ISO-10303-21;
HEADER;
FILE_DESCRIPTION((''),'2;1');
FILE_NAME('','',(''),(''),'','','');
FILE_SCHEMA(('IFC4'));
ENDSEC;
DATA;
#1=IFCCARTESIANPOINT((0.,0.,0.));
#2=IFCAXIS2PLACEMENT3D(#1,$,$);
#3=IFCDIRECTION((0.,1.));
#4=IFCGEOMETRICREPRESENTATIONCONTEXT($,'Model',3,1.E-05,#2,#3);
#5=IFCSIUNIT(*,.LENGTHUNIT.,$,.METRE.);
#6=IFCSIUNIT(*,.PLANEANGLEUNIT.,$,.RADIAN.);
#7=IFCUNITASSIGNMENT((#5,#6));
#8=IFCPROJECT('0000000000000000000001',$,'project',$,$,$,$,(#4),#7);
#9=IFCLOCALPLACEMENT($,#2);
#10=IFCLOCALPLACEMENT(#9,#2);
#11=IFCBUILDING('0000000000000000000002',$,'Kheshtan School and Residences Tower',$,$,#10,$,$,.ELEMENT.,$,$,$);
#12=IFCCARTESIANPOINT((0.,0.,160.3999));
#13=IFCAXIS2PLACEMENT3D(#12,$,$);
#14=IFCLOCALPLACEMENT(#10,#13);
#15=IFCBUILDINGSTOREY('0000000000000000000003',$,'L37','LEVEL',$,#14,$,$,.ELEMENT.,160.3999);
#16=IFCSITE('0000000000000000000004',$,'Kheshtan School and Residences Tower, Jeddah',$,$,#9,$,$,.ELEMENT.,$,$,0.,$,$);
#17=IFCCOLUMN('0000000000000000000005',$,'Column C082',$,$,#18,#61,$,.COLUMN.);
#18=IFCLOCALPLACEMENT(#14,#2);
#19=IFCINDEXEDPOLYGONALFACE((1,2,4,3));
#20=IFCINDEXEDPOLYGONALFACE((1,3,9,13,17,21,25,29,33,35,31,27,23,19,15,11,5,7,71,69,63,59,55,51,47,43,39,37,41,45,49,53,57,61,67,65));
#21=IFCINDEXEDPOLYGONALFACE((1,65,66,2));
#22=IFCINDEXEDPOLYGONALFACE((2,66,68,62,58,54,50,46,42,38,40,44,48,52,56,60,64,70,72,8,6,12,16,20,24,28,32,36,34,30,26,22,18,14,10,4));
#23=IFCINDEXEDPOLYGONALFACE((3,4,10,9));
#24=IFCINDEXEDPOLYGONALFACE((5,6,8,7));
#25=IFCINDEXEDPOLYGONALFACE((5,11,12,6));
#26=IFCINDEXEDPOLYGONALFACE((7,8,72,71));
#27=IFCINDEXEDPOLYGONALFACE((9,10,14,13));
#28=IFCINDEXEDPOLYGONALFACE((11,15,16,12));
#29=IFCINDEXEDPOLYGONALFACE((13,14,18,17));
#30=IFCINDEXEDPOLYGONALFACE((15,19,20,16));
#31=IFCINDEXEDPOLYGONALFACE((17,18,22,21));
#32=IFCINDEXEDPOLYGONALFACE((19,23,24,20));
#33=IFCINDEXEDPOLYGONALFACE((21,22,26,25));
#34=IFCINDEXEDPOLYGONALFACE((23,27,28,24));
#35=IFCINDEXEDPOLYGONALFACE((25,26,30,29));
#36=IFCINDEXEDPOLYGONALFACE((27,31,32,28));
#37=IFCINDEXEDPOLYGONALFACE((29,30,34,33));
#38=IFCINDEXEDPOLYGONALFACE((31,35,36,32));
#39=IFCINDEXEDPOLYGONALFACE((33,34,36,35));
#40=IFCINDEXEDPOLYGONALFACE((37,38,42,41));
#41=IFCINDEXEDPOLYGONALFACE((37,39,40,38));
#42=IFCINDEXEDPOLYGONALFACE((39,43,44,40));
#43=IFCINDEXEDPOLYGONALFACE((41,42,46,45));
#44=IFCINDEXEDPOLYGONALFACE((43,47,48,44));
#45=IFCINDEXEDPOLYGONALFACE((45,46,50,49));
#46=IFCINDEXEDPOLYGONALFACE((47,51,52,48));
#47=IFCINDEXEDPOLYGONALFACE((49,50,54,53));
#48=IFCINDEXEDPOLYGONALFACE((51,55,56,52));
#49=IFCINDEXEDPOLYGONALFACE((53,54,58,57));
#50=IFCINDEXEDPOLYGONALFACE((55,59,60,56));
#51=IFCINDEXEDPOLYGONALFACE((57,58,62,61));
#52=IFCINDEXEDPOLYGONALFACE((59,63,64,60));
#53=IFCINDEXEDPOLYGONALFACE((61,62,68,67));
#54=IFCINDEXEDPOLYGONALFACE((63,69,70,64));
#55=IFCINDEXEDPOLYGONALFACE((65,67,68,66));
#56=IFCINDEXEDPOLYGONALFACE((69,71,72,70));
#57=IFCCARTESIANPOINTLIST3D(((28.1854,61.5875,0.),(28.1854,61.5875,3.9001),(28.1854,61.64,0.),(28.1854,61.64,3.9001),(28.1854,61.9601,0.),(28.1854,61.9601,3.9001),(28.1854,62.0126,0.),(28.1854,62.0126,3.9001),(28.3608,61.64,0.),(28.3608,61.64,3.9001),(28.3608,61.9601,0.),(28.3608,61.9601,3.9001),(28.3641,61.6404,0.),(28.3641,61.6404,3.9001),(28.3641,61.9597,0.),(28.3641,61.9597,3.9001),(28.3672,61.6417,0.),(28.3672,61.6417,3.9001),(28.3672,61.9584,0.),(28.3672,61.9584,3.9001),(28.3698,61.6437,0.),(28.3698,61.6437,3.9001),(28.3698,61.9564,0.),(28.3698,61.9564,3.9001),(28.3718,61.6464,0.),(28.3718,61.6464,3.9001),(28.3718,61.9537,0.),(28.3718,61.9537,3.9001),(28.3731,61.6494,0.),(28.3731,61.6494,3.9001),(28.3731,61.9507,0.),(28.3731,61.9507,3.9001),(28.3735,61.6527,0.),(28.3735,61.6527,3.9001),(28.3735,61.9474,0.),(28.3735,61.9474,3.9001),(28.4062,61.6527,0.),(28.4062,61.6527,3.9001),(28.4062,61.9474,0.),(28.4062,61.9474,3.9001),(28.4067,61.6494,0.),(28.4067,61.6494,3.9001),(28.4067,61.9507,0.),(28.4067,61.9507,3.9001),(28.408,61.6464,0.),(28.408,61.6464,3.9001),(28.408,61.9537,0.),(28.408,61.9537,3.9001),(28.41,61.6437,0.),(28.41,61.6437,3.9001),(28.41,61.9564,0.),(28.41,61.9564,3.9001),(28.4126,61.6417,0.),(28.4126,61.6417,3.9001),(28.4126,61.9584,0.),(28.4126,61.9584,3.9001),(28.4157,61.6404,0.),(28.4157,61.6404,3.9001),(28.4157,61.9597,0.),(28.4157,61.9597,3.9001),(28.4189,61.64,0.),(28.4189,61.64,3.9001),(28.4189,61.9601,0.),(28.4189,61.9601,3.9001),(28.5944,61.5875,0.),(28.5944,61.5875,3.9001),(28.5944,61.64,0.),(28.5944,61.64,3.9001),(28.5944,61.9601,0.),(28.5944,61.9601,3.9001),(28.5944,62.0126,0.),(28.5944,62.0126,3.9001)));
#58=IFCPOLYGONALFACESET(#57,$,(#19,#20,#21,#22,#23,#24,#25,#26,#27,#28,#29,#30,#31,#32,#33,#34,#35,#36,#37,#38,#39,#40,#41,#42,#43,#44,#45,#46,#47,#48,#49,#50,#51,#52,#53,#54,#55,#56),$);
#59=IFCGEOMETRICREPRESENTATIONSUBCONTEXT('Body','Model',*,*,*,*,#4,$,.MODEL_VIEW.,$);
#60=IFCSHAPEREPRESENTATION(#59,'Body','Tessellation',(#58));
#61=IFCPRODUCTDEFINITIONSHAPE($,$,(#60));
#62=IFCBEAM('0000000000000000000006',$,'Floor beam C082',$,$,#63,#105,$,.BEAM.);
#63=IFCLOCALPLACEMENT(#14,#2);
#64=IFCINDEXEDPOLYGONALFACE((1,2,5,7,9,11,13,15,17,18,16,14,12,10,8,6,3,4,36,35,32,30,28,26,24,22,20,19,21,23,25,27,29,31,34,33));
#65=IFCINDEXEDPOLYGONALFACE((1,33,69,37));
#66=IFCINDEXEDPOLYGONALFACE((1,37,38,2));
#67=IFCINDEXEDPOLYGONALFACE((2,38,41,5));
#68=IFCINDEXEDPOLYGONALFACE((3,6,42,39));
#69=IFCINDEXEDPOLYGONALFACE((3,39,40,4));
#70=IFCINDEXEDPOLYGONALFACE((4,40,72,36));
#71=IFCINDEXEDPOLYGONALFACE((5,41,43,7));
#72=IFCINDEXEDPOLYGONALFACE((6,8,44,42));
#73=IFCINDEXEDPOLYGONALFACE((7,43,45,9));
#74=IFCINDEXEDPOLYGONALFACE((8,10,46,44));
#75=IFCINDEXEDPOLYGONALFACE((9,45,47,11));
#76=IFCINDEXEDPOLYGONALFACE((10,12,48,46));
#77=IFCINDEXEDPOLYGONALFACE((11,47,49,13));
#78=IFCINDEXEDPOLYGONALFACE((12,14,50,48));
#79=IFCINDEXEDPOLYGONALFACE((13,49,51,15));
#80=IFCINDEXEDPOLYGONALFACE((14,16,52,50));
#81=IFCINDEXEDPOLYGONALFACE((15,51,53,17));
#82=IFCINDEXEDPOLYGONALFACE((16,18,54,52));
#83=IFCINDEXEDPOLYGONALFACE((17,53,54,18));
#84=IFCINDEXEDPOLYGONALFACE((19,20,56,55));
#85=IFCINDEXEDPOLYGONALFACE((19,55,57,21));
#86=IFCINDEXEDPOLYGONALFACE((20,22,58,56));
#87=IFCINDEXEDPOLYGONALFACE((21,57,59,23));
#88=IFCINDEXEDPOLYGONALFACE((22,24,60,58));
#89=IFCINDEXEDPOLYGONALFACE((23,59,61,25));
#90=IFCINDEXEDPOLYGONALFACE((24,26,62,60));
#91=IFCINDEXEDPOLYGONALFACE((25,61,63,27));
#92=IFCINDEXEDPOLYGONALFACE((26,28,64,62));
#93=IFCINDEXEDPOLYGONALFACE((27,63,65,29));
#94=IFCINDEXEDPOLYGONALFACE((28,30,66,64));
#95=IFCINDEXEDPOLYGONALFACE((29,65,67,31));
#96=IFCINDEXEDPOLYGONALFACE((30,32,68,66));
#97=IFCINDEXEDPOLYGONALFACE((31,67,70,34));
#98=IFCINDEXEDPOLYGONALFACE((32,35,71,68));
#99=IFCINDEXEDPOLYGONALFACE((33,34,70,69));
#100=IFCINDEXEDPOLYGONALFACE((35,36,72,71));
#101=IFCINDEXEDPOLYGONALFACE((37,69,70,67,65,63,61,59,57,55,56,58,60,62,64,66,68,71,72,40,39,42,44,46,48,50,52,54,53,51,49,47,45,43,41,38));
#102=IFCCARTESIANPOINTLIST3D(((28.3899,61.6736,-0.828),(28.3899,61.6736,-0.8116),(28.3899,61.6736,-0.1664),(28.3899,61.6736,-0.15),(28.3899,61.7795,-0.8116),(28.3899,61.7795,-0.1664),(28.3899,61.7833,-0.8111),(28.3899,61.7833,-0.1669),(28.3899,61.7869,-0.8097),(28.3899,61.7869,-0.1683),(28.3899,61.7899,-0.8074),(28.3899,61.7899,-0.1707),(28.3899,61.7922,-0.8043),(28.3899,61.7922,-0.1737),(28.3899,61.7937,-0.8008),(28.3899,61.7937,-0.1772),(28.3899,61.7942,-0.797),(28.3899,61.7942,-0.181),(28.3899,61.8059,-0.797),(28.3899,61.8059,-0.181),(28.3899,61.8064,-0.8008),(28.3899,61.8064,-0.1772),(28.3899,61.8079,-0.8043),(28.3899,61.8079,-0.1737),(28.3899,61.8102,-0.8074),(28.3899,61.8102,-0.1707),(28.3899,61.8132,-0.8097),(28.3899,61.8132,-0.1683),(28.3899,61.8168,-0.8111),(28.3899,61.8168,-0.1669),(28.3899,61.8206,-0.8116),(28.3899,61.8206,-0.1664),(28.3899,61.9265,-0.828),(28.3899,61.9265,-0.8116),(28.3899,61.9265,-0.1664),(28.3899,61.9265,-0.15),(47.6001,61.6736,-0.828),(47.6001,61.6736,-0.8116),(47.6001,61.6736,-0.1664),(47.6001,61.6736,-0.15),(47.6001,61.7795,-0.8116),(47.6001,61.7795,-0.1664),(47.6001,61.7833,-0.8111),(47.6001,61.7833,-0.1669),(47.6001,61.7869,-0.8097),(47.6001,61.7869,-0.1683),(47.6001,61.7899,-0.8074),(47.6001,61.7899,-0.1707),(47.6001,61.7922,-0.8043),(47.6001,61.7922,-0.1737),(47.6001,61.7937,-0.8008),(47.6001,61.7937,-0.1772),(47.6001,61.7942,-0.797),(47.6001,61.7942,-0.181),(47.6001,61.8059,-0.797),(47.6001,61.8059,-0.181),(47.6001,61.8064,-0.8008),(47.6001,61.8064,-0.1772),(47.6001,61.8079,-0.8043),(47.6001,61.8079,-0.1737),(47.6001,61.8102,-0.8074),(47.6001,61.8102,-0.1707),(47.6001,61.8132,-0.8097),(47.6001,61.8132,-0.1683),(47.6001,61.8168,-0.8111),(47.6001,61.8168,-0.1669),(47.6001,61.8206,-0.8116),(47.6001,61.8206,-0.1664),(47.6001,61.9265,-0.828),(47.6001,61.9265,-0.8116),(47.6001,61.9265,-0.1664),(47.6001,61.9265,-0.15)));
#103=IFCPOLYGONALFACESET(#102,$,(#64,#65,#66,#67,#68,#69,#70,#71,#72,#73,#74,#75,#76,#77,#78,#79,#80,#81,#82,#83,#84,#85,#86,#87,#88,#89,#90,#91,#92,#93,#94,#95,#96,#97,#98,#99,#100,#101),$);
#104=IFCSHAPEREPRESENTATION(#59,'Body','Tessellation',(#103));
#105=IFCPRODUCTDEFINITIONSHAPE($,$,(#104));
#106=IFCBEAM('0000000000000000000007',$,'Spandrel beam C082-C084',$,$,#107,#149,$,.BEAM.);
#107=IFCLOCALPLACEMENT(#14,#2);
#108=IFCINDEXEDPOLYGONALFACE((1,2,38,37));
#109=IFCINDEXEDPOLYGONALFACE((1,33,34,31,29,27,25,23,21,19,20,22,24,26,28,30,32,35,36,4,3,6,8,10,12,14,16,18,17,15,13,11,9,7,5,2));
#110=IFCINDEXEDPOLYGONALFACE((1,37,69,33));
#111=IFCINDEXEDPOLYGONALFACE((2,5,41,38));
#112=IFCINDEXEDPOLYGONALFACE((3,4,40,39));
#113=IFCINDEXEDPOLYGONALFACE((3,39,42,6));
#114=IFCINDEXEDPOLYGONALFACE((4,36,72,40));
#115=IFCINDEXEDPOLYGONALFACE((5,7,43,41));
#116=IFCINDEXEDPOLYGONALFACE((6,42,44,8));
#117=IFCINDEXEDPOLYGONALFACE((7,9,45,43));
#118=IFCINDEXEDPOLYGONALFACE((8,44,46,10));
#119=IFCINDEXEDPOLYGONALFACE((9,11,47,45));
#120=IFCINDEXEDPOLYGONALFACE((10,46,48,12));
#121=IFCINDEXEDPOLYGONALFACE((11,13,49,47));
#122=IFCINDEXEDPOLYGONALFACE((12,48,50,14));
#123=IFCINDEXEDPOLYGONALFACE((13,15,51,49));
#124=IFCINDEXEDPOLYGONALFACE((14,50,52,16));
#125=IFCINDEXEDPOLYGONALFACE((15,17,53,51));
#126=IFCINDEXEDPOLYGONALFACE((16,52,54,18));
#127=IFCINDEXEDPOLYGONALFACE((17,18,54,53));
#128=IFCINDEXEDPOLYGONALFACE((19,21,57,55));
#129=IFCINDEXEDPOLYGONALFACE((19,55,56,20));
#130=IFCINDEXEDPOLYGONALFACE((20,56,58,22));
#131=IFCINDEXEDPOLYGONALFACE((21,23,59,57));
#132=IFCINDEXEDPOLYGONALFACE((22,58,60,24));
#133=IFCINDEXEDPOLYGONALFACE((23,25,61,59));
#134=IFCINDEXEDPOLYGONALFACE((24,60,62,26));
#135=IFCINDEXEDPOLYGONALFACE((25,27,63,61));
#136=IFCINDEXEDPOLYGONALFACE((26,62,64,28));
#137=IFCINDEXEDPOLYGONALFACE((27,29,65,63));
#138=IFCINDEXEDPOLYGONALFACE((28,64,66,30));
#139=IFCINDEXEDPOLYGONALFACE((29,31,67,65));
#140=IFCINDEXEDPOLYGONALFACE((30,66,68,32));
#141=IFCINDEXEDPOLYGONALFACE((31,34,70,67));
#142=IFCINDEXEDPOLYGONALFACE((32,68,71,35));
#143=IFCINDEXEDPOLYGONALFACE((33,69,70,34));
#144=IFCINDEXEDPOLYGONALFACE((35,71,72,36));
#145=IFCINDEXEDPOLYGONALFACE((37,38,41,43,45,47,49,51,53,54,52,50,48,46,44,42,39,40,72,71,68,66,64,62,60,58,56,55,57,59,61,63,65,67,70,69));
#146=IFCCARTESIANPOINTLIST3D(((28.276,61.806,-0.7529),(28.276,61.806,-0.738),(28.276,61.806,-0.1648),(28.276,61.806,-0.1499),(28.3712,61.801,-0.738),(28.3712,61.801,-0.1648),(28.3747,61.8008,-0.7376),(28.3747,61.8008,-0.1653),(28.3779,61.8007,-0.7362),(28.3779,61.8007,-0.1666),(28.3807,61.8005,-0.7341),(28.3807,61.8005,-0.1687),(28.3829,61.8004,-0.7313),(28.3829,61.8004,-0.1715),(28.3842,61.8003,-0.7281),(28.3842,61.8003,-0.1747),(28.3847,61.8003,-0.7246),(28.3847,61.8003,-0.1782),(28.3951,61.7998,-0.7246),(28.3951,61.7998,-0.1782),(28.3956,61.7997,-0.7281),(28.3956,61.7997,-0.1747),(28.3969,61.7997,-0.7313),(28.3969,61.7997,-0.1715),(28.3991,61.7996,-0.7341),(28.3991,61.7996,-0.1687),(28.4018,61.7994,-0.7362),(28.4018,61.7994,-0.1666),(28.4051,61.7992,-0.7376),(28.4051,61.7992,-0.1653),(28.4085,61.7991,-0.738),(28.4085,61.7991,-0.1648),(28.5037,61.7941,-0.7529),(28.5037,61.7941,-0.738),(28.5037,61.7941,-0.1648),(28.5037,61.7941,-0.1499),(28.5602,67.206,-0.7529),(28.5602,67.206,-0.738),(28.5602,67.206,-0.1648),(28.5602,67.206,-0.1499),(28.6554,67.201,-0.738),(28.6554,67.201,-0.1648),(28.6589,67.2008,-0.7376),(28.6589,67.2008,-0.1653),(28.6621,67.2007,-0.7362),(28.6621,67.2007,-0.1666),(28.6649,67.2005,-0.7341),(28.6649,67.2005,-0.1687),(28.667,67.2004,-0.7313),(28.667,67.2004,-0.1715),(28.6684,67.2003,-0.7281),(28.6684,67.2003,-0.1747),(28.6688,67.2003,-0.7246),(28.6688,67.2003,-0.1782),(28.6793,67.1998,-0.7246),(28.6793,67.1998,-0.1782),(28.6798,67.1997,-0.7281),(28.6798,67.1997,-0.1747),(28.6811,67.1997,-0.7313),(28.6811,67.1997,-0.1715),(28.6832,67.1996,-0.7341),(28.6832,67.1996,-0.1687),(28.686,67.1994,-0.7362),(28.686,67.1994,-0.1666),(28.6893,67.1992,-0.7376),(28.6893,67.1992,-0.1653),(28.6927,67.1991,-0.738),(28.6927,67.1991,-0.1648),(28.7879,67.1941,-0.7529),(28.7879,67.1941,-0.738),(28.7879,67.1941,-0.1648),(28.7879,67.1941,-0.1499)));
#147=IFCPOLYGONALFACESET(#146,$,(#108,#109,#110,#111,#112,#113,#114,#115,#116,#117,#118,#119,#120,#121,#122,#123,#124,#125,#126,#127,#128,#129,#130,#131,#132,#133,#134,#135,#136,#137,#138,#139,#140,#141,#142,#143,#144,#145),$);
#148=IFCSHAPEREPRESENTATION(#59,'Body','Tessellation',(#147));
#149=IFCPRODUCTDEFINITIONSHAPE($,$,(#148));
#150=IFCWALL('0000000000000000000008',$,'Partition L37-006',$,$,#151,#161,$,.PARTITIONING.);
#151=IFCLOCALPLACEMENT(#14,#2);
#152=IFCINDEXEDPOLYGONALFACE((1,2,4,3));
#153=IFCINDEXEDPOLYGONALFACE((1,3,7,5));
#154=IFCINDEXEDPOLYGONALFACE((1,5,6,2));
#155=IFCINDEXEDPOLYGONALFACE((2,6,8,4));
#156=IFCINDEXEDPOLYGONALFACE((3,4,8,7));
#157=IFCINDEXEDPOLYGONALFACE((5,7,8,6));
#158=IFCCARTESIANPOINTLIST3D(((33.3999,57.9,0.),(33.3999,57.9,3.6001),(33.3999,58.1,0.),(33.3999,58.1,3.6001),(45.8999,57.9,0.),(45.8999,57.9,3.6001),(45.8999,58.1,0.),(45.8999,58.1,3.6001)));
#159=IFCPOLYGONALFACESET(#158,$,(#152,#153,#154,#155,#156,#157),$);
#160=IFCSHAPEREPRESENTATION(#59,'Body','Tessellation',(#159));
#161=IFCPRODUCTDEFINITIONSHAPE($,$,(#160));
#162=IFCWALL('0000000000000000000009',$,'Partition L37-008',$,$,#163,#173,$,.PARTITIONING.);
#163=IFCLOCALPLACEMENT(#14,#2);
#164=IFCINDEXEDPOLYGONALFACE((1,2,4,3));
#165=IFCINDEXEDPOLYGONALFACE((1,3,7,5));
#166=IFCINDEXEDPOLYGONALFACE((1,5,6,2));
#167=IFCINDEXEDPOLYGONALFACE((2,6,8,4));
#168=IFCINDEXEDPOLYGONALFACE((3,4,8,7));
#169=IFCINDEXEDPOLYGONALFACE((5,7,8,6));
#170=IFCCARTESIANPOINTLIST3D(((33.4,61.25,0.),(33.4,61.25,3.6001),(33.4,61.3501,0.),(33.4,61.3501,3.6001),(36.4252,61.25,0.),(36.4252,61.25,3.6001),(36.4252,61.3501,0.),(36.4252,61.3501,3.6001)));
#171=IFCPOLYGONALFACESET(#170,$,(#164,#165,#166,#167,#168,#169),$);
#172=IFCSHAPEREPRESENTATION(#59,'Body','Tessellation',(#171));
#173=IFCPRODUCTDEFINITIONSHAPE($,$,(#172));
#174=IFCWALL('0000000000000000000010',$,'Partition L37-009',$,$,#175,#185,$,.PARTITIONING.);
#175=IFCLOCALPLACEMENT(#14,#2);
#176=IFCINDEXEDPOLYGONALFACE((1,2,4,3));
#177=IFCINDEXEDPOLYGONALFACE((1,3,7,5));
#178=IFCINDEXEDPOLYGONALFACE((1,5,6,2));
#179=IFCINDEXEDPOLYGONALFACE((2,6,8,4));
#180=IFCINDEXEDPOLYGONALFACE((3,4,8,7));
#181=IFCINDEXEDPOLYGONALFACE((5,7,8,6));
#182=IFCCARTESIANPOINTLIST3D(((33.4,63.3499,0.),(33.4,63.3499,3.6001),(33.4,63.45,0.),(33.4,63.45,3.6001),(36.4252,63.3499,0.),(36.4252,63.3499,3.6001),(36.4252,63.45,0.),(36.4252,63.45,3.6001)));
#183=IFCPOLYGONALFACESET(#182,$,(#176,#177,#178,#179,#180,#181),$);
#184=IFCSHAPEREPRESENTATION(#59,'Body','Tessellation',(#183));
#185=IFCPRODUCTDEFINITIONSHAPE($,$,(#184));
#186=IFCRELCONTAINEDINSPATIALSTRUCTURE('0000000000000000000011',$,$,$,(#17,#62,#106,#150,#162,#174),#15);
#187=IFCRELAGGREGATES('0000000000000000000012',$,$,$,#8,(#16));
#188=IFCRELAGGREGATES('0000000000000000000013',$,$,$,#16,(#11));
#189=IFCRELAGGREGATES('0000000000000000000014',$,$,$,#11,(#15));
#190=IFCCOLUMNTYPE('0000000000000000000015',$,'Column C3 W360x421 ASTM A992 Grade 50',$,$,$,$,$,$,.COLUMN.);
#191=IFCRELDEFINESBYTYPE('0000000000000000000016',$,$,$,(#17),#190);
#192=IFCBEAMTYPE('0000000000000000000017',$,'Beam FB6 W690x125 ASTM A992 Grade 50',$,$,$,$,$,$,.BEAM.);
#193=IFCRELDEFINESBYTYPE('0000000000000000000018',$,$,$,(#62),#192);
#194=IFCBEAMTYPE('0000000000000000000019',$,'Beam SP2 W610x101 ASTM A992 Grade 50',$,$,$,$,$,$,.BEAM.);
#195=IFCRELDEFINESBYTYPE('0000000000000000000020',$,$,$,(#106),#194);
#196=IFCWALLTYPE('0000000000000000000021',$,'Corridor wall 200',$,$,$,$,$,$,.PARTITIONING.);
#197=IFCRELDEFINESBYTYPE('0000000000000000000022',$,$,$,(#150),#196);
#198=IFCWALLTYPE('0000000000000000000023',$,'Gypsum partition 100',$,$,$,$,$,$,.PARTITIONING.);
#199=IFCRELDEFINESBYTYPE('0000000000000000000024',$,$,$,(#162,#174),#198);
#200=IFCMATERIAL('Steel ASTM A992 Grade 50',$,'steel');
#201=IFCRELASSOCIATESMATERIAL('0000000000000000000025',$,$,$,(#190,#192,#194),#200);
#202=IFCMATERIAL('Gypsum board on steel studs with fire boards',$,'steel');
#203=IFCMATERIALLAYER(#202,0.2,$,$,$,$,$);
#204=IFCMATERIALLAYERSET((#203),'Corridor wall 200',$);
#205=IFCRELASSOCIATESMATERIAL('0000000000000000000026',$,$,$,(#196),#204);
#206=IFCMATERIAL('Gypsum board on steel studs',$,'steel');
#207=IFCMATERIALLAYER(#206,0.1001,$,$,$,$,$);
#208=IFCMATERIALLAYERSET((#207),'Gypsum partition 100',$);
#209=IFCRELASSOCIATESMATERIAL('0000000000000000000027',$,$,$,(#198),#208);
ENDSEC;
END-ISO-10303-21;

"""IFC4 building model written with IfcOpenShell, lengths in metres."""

from ifc_helpers import new_model, si_unit, direction, frame, frame_2d, origin, origin_2d, place, context, subcontext, project, spatial, rectangle, i_section, extrude, material, layer, layer_set, material_profile, profile_set, type_object, element, save


model = new_model("IFC4")

# Units and contexts
model_context = context("Model", 3, precision=1e-05, world=origin(), true_north=direction((0.0, 1.0)))
body_context = subcontext(model_context, "Body", "Model", "MODEL_VIEW")
ifc_project = project(units=[si_unit("LENGTHUNIT", "METRE"), si_unit("PLANEANGLEUNIT", "RADIAN")], contexts=[model_context])

# Site, building, storey
site_placement = place(None, origin())
site = spatial("IfcSite", under=ifc_project, at=site_placement, Name="Kheshtan School and Residences Tower, Jeddah", CompositionType="ELEMENT", RefElevation=0.0)
building_placement = place(site_placement, origin())
building = spatial("IfcBuilding", under=site, at=building_placement, Name="Kheshtan School and Residences Tower", CompositionType="ELEMENT")
storey_placement = place(building_placement, frame((0.0, 0.0, 160.3999)))
storey = spatial("IfcBuildingStorey", under=building, at=storey_placement, Name="L37", Description="LEVEL", CompositionType="ELEMENT", Elevation=160.3999)

# Column
ifc_material_1 = material(Name="Steel ASTM A992 Grade 50", Category="steel")
ifc_material_profile_1 = material_profile(ifc_material_1, i_section(OverallWidth=0.4089, OverallDepth=0.425, WebThickness=0.0327, FlangeThickness=0.0525, FilletRadius=0.0127, at=origin_2d()), Name="W360x421")
ifc_profile_set_1 = profile_set([ifc_material_profile_1], Name="Steel ASTM A992 Grade 50")
column_type = type_object("IfcColumnType", Name="Column C3 W360x421 ASTM A992 Grade 50", PredefinedType="COLUMN", material=ifc_profile_set_1)
column_placement = place(storey_placement, frame((28.3899, 61.8, 0.0), z_axis=(0.0, 0.0, 1.0), x_axis=(1.0, 0.0, 0.0)))
element("IfcColumn", 1, at=column_placement, inside=storey, type_object=column_type, Name="Column C082", PredefinedType="COLUMN", context=body_context, shape_type="SweptSolid", body=[
    extrude(i_section(OverallWidth=0.4089, OverallDepth=0.425, WebThickness=0.0327, FlangeThickness=0.0525, FilletRadius=0.0127, at=origin_2d()), origin(), (0.0, 0.0, 1.0), 3.9001),
])

# Beams
ifc_material_profile_2 = material_profile(ifc_material_1, i_section(OverallWidth=0.2529, OverallDepth=0.678, WebThickness=0.0117, FlangeThickness=0.0164, FilletRadius=0.0146, at=origin_2d()), Name="W690x125")
ifc_profile_set_2 = profile_set([ifc_material_profile_2], Name="Steel ASTM A992 Grade 50")
beam_type_1 = type_object("IfcBeamType", Name="Beam FB6 W690x125 ASTM A992 Grade 50", PredefinedType="BEAM", material=ifc_profile_set_2)
beam_1_placement = place(storey_placement, frame((28.3899, 61.8, -0.489), z_axis=(1.0, 0.0, 0.0), x_axis=(0.0, 1.0, 0.0)))
element("IfcBeam", 2, at=beam_1_placement, inside=storey, type_object=beam_type_1, Name="Floor beam C082", PredefinedType="BEAM", context=body_context, shape_type="SweptSolid", body=[
    extrude(i_section(OverallWidth=0.2529, OverallDepth=0.678, WebThickness=0.0117, FlangeThickness=0.0164, FilletRadius=0.0146, at=origin_2d()), origin(), (0.0, 0.0, 1.0), 19.2102),
])
ifc_material_profile_3 = material_profile(ifc_material_1, i_section(OverallWidth=0.228, OverallDepth=0.603, WebThickness=0.0105, FlangeThickness=0.0149, FilletRadius=0.0134, at=origin_2d()), Name="W610x101")
ifc_profile_set_3 = profile_set([ifc_material_profile_3], Name="Steel ASTM A992 Grade 50")
beam_type_2 = type_object("IfcBeamType", Name="Beam SP2 W610x101 ASTM A992 Grade 50", PredefinedType="BEAM", material=ifc_profile_set_3)
beam_2_placement = place(storey_placement, frame((28.3899, 61.8, -0.4514), z_axis=(0.052554, 0.998618, 0.0), x_axis=(-0.998618, 0.052554, 0.0)))
element("IfcBeam", 3, at=beam_2_placement, inside=storey, type_object=beam_type_2, Name="Spandrel beam C082-C084", PredefinedType="BEAM", context=body_context, shape_type="SweptSolid", body=[
    extrude(i_section(OverallWidth=0.228, OverallDepth=0.603, WebThickness=0.0105, FlangeThickness=0.0149, FilletRadius=0.0134, at=origin_2d()), origin(), (0.0, 0.0, 1.0), 5.4075),
])

# Walls
ifc_material_2 = material(Name="Gypsum board on steel studs with fire boards", Category="steel")
ifc_layer_1 = layer(ifc_material_2, 0.2)
ifc_layer_set_1 = layer_set([ifc_layer_1], Name="Corridor wall 200")
wall_type_1 = type_object("IfcWallType", Name="Corridor wall 200", PredefinedType="PARTITIONING", material=ifc_layer_set_1)
wall_1_placement = place(storey_placement, frame((33.3999, 58.0, 0.0), z_axis=(0.0, 0.0, 1.0), x_axis=(1.0, 0.0, 0.0)))
element("IfcWall", 4, at=wall_1_placement, inside=storey, type_object=wall_type_1, Name="Partition L37-006", PredefinedType="PARTITIONING", context=body_context, shape_type="SweptSolid", body=[
    extrude(rectangle(XDim=12.5, YDim=0.2, at=frame_2d((6.25, 0.0))), origin(), (0.0, 0.0, 1.0), 3.6001),
])
ifc_material_3 = material(Name="Gypsum board on steel studs", Category="steel")
ifc_layer_2 = layer(ifc_material_3, 0.1001)
ifc_layer_set_2 = layer_set([ifc_layer_2], Name="Gypsum partition 100")
wall_type_2 = type_object("IfcWallType", Name="Gypsum partition 100", PredefinedType="PARTITIONING", material=ifc_layer_set_2)
for number, where, z_axis, x_axis, name in (
    (5, (33.3999, 61.3, 0.0), (0.0, 0.0, 1.0), (1.0, 0.0, 0.0), "Partition L37-008"),
    (6, (33.3999, 63.3999, 0.0), (0.0, 0.0, 1.0), (1.0, 0.0, 0.0), "Partition L37-009"),
):
    element("IfcWall", number, at=place(storey_placement, frame(where, z_axis=z_axis, x_axis=x_axis)), inside=storey, type_object=wall_type_2, Name=name, PredefinedType="PARTITIONING", context=body_context, shape_type="SweptSolid", body=[
        extrude(rectangle(XDim=3.0251, YDim=0.1001, at=frame_2d((1.5127, 0.0))), origin(), (0.0, 0.0, 1.0), 3.6001),
    ])

save(model, "model.ifc")
